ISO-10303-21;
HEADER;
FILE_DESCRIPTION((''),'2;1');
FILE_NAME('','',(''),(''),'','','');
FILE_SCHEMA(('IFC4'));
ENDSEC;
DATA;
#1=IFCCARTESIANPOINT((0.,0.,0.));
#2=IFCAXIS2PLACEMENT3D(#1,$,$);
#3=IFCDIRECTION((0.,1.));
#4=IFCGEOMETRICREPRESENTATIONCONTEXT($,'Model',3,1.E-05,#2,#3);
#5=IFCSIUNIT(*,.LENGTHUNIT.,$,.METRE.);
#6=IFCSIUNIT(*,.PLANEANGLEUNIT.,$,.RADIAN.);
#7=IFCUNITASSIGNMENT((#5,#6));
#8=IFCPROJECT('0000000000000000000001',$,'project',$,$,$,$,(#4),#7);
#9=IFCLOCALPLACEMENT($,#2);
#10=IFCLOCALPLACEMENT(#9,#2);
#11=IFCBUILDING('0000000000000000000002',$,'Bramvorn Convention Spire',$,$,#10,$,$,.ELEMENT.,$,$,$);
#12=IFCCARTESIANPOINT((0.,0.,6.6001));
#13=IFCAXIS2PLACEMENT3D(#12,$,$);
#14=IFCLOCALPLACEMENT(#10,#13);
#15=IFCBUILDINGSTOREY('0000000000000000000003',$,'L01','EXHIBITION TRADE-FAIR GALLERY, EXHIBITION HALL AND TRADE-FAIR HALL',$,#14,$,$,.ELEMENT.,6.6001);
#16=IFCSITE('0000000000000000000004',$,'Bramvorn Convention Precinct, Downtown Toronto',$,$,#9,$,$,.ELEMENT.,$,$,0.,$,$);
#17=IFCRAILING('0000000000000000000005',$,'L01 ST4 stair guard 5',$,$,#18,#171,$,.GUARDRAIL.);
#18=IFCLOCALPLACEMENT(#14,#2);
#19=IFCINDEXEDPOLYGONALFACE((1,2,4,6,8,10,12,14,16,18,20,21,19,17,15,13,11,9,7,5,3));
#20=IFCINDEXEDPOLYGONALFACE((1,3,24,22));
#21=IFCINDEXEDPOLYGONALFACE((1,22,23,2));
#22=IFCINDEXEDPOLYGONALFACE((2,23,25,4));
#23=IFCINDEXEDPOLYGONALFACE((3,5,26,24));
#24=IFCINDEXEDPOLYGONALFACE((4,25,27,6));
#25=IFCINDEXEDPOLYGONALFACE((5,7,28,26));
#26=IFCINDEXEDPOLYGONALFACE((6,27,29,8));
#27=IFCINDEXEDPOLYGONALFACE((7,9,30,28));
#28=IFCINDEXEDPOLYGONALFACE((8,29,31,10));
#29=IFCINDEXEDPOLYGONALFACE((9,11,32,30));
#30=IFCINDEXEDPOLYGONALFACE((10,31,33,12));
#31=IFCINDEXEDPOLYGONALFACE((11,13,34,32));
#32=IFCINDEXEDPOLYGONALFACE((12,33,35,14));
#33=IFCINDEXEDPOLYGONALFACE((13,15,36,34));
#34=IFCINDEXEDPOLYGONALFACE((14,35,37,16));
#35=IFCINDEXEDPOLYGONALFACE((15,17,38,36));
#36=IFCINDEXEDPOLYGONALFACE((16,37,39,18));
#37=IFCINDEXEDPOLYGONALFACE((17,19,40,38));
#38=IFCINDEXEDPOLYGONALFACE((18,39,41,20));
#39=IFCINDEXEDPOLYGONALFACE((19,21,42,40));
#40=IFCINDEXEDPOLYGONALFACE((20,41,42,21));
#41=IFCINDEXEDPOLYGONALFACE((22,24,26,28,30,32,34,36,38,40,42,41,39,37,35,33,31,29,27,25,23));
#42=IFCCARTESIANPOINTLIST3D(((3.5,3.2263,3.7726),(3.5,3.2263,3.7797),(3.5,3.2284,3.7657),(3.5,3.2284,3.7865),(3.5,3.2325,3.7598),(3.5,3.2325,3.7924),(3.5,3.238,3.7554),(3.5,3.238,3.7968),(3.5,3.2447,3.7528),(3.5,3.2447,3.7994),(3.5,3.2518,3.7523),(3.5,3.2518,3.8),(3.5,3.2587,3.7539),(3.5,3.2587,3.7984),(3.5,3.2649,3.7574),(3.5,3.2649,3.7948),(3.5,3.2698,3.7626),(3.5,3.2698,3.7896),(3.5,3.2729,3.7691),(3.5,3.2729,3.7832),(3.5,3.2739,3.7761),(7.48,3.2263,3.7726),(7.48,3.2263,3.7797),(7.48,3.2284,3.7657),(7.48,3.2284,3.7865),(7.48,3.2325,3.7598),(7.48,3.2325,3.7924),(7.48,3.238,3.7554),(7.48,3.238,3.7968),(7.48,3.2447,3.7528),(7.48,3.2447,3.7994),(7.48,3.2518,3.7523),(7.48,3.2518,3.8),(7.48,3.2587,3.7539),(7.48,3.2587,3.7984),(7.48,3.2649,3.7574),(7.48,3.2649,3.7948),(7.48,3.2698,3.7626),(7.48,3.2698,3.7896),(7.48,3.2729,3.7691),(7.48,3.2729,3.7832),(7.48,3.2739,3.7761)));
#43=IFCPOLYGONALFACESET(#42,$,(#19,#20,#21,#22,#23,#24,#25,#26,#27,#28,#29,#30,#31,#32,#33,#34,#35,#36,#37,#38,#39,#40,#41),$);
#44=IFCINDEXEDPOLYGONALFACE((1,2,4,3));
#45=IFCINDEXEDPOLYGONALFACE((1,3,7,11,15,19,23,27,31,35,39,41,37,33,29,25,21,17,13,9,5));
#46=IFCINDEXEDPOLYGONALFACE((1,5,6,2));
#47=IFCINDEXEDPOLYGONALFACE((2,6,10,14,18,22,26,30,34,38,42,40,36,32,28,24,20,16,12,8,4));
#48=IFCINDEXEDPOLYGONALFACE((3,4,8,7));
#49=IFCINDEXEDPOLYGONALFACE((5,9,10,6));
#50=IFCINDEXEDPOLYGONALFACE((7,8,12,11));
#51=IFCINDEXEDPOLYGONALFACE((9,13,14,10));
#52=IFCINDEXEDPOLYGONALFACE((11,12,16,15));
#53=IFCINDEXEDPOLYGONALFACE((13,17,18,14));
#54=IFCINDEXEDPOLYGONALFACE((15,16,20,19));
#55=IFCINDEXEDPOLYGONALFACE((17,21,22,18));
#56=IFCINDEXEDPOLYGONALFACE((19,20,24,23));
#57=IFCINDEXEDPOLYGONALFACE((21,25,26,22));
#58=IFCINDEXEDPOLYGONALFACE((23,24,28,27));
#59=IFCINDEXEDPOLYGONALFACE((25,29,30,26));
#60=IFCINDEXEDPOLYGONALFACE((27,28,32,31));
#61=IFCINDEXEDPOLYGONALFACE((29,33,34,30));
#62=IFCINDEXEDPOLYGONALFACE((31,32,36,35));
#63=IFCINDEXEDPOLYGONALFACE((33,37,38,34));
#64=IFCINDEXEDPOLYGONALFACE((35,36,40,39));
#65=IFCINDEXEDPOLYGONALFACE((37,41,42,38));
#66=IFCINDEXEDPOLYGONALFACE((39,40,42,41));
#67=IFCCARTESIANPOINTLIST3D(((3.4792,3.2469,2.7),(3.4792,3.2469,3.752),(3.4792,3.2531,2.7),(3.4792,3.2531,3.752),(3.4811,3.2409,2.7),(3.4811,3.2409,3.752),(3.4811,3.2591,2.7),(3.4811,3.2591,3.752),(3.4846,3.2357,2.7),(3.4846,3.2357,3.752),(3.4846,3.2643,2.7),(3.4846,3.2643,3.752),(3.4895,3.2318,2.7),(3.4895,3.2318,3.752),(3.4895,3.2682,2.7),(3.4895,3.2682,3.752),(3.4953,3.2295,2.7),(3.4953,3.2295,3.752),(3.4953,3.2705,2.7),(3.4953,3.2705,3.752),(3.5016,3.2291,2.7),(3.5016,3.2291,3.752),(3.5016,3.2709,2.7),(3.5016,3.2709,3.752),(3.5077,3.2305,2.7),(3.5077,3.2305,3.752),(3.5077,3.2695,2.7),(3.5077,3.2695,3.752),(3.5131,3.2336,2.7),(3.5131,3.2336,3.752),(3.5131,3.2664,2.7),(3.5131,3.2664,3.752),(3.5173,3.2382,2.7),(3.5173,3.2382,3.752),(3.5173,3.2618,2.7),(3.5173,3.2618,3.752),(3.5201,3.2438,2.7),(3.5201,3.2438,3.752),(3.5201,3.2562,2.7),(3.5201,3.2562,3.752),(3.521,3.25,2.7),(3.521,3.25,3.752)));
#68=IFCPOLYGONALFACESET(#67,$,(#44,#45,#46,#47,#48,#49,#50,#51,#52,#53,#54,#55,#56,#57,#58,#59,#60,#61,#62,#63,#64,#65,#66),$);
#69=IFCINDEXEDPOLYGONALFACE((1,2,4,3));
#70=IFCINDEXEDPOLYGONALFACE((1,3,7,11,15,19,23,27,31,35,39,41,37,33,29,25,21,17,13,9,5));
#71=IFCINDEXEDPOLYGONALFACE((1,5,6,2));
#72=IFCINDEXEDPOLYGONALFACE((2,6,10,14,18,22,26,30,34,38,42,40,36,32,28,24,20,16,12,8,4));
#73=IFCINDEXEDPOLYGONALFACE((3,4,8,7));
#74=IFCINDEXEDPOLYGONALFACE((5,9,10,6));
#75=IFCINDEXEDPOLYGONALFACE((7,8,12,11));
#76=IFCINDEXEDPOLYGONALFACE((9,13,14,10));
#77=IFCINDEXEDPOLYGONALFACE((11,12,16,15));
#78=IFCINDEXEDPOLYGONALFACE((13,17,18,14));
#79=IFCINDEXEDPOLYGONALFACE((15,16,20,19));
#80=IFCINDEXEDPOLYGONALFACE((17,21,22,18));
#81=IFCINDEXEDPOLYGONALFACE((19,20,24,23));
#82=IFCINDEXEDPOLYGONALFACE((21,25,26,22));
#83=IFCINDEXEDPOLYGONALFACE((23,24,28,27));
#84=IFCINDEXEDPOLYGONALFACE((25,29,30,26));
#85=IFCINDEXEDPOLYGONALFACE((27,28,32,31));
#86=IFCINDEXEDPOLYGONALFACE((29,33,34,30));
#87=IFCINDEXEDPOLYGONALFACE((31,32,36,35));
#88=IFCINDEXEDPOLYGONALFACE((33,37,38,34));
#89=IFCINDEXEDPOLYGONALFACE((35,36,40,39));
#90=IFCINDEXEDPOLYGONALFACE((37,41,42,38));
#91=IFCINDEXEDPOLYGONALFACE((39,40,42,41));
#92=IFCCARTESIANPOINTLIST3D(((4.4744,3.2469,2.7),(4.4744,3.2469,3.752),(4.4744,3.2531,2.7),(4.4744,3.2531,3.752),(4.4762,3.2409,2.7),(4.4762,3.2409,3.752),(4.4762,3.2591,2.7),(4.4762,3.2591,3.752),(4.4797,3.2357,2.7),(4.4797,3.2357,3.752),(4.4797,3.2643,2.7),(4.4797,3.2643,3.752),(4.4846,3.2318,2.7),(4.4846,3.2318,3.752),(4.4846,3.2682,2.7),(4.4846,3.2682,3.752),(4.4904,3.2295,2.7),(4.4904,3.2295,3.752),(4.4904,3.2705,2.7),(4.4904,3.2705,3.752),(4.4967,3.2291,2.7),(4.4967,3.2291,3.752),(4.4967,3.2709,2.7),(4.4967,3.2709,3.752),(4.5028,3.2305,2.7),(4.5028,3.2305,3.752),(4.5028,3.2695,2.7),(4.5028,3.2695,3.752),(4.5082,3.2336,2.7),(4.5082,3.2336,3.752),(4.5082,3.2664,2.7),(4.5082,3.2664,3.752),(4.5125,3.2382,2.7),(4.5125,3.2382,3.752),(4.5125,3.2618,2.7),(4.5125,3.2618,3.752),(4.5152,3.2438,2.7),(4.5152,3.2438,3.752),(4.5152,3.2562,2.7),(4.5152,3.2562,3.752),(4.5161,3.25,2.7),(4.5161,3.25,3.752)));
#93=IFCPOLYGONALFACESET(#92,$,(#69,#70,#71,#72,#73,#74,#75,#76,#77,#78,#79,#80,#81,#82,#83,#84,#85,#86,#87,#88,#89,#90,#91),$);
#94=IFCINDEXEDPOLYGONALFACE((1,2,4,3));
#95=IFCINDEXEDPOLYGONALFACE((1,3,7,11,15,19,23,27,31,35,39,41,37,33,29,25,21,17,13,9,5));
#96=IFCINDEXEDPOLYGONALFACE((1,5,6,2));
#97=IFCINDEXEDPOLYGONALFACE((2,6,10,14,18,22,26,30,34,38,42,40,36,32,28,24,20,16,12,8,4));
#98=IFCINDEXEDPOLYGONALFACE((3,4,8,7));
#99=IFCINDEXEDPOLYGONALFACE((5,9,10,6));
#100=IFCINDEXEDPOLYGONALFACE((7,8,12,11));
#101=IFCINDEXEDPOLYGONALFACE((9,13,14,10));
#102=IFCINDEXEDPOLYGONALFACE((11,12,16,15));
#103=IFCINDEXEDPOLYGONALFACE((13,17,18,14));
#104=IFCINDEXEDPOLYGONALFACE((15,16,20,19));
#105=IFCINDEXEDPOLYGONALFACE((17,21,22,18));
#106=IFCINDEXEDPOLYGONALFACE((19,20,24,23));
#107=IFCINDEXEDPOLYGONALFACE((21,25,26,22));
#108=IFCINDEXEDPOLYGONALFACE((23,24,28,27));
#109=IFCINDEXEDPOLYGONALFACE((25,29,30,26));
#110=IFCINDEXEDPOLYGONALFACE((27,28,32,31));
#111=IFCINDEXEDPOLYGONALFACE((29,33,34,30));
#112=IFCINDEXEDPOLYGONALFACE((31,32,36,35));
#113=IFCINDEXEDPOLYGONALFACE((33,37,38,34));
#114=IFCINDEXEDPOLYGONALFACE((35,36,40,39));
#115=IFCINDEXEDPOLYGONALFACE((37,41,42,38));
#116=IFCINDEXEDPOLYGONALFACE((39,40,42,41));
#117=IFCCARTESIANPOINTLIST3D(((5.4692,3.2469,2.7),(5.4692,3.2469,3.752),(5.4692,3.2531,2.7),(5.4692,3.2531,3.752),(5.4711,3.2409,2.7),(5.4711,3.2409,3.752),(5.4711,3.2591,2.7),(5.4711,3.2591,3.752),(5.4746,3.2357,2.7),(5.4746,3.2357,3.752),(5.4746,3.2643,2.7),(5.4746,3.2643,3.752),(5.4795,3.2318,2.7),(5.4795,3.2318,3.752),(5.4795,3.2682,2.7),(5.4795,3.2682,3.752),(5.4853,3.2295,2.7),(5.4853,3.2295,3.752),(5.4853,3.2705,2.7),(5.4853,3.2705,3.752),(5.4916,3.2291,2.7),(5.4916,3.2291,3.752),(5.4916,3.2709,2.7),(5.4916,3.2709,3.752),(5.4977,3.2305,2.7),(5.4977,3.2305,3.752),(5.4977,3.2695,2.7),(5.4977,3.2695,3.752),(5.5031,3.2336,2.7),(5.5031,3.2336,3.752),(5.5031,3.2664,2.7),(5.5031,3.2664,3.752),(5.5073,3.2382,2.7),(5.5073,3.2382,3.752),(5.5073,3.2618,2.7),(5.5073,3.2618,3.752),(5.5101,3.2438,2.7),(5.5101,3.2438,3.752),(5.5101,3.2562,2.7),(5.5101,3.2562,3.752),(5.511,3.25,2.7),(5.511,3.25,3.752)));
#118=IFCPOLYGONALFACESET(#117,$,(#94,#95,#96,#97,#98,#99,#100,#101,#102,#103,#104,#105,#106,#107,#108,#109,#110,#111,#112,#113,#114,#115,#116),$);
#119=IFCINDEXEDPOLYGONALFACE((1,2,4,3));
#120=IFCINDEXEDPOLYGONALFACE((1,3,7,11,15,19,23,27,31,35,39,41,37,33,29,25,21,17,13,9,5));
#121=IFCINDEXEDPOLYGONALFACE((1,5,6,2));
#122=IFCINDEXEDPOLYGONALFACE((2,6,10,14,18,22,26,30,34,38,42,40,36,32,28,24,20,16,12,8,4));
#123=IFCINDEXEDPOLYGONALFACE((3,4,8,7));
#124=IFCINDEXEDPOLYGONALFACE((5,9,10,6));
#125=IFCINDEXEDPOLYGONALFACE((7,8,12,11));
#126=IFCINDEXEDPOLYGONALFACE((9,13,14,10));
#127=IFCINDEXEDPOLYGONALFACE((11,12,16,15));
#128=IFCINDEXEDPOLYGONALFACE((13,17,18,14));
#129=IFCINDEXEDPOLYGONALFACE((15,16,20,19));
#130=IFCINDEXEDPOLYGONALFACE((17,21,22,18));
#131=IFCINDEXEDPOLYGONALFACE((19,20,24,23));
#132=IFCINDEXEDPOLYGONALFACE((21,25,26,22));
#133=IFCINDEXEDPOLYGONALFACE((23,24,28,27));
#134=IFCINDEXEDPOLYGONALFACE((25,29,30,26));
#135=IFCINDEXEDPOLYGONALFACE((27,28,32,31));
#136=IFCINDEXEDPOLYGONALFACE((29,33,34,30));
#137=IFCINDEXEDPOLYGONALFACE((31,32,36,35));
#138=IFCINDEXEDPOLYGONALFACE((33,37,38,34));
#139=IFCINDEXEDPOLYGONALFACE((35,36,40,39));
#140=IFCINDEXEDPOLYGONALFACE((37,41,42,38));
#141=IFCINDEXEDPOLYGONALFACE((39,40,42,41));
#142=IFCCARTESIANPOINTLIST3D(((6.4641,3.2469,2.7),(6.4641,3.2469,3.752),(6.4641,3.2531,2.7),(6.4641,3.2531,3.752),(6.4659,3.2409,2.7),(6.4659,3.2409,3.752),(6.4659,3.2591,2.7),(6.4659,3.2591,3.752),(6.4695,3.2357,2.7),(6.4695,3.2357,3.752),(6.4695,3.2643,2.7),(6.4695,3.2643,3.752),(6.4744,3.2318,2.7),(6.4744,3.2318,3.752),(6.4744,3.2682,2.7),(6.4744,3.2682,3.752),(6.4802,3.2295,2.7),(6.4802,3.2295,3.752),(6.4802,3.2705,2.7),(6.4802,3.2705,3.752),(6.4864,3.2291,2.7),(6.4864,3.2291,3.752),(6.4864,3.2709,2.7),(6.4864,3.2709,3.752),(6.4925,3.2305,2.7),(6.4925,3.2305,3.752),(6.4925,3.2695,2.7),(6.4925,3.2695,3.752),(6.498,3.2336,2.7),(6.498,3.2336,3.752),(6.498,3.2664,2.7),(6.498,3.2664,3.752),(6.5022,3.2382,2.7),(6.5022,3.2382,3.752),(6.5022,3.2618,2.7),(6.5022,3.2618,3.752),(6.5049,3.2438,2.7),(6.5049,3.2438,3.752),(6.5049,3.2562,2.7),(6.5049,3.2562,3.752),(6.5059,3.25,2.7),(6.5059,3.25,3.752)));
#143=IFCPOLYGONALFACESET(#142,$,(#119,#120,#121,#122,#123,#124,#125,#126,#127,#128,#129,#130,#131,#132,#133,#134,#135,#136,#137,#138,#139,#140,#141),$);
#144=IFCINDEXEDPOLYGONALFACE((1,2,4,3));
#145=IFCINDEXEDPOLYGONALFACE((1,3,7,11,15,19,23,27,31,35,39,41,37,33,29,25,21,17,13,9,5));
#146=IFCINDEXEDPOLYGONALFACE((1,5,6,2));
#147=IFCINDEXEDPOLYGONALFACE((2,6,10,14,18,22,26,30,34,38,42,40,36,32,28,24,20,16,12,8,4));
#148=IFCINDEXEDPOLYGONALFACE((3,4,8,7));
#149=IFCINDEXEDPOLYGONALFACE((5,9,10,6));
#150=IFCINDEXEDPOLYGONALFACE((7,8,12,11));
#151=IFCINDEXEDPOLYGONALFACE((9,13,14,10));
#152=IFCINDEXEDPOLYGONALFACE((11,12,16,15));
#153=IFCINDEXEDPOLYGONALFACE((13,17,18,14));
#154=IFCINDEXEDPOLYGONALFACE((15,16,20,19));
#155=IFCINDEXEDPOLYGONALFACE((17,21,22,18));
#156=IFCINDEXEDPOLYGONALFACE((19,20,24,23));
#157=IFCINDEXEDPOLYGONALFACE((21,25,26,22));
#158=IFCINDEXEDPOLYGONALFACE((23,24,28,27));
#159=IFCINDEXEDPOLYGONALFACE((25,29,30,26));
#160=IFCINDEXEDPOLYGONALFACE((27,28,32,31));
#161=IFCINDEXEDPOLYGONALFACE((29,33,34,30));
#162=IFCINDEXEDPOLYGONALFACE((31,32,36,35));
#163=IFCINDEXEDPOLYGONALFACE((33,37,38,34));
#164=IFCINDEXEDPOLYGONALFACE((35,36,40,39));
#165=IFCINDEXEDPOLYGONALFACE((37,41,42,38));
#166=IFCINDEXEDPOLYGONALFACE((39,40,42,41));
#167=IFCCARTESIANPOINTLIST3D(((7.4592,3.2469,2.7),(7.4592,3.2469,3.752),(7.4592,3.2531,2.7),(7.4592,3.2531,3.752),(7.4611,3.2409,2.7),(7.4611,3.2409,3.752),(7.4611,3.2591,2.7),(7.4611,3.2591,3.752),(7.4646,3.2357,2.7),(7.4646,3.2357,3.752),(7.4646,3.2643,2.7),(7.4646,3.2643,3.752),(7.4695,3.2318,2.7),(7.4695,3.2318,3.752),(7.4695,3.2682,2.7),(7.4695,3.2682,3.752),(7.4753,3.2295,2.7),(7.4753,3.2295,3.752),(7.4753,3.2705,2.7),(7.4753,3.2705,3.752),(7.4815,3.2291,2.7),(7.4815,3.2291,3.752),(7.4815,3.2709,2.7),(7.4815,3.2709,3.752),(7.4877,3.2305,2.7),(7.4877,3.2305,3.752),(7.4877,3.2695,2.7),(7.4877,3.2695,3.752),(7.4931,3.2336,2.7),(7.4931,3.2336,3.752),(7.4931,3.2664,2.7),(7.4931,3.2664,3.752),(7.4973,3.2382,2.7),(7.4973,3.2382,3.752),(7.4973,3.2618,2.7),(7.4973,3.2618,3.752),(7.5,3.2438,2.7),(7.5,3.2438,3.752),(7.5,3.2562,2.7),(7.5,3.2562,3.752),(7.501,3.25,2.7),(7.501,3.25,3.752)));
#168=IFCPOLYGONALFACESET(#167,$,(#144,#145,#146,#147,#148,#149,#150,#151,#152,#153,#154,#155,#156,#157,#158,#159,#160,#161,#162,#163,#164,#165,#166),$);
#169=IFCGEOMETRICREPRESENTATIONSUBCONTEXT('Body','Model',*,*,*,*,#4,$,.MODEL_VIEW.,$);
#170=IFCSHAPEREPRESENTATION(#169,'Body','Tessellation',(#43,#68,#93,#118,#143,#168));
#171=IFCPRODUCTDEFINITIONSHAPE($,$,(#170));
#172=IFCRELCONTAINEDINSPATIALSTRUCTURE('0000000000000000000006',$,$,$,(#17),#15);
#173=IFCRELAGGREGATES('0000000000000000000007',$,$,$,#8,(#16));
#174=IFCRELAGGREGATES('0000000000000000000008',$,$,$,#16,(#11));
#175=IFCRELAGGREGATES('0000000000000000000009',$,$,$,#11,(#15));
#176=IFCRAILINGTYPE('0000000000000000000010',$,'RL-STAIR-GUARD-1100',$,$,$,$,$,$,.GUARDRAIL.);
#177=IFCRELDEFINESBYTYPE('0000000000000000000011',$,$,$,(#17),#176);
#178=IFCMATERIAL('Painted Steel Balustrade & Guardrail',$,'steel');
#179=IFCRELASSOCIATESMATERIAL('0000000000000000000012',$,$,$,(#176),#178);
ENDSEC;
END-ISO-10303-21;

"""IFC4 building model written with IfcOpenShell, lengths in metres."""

from ifc_helpers import new_model, si_unit, direction, frame, origin, origin_2d, place, context, subcontext, project, spatial, circle, extrude, material, type_object, element, save


model = new_model("IFC4")

# Units and contexts
model_context = context("Model", 3, precision=1e-05, world=origin(), true_north=direction((0.0, 1.0)))
body_context = subcontext(model_context, "Body", "Model", "MODEL_VIEW")
ifc_project = project(units=[si_unit("LENGTHUNIT", "METRE"), si_unit("PLANEANGLEUNIT", "RADIAN")], contexts=[model_context])

# Site, building, storey
site_placement = place(None, origin())
site = spatial("IfcSite", under=ifc_project, at=site_placement, Name="Bramvorn Convention Precinct, Downtown Toronto", CompositionType="ELEMENT", RefElevation=0.0)
building_placement = place(site_placement, origin())
building = spatial("IfcBuilding", under=site, at=building_placement, Name="Bramvorn Convention Spire", CompositionType="ELEMENT")
storey_placement = place(building_placement, frame((0.0, 0.0, 6.6001)))
storey = spatial("IfcBuildingStorey", under=building, at=storey_placement, Name="L01", Description="EXHIBITION TRADE-FAIR GALLERY, EXHIBITION HALL AND TRADE-FAIR HALL", CompositionType="ELEMENT", Elevation=6.6001)

# Railing
ifc_material_1 = material(Name="Painted Steel Balustrade & Guardrail", Category="steel")
railing_type_1 = type_object("IfcRailingType", Name="RL-STAIR-GUARD-1100", PredefinedType="GUARDRAIL", material=ifc_material_1)
railing_1_placement = place(storey_placement, frame((3.5, 3.25, 2.7)))
element("IfcRailing", 1, at=railing_1_placement, inside=storey, type_object=railing_type_1, Name="L01 ST4 stair guard 5", PredefinedType="GUARDRAIL", context=body_context, shape_type="SweptSolid", body=[
    extrude(circle(Radius=0.0239, at=origin_2d()), frame((0.0, 0.0, 1.0762), z_axis=(1.0, 0.0, 0.0), x_axis=(0.0, 1.0, 0.0)), (0.0, 0.0, 1.0), 3.98),
    extrude(circle(Radius=0.021, at=origin_2d()), origin(), (0.0, 0.0, 1.0), 1.052),
    extrude(circle(Radius=0.021, at=origin_2d()), frame((0.9951, 0.0, 0.0)), (0.0, 0.0, 1.0), 1.052),
    extrude(circle(Radius=0.021, at=origin_2d()), frame((1.99, 0.0, 0.0)), (0.0, 0.0, 1.0), 1.052),
    extrude(circle(Radius=0.021, at=origin_2d()), frame((2.9849, 0.0, 0.0)), (0.0, 0.0, 1.0), 1.052),
    extrude(circle(Radius=0.021, at=origin_2d()), frame((3.98, 0.0, 0.0)), (0.0, 0.0, 1.0), 1.052),
])

save(model, "model.ifc")
